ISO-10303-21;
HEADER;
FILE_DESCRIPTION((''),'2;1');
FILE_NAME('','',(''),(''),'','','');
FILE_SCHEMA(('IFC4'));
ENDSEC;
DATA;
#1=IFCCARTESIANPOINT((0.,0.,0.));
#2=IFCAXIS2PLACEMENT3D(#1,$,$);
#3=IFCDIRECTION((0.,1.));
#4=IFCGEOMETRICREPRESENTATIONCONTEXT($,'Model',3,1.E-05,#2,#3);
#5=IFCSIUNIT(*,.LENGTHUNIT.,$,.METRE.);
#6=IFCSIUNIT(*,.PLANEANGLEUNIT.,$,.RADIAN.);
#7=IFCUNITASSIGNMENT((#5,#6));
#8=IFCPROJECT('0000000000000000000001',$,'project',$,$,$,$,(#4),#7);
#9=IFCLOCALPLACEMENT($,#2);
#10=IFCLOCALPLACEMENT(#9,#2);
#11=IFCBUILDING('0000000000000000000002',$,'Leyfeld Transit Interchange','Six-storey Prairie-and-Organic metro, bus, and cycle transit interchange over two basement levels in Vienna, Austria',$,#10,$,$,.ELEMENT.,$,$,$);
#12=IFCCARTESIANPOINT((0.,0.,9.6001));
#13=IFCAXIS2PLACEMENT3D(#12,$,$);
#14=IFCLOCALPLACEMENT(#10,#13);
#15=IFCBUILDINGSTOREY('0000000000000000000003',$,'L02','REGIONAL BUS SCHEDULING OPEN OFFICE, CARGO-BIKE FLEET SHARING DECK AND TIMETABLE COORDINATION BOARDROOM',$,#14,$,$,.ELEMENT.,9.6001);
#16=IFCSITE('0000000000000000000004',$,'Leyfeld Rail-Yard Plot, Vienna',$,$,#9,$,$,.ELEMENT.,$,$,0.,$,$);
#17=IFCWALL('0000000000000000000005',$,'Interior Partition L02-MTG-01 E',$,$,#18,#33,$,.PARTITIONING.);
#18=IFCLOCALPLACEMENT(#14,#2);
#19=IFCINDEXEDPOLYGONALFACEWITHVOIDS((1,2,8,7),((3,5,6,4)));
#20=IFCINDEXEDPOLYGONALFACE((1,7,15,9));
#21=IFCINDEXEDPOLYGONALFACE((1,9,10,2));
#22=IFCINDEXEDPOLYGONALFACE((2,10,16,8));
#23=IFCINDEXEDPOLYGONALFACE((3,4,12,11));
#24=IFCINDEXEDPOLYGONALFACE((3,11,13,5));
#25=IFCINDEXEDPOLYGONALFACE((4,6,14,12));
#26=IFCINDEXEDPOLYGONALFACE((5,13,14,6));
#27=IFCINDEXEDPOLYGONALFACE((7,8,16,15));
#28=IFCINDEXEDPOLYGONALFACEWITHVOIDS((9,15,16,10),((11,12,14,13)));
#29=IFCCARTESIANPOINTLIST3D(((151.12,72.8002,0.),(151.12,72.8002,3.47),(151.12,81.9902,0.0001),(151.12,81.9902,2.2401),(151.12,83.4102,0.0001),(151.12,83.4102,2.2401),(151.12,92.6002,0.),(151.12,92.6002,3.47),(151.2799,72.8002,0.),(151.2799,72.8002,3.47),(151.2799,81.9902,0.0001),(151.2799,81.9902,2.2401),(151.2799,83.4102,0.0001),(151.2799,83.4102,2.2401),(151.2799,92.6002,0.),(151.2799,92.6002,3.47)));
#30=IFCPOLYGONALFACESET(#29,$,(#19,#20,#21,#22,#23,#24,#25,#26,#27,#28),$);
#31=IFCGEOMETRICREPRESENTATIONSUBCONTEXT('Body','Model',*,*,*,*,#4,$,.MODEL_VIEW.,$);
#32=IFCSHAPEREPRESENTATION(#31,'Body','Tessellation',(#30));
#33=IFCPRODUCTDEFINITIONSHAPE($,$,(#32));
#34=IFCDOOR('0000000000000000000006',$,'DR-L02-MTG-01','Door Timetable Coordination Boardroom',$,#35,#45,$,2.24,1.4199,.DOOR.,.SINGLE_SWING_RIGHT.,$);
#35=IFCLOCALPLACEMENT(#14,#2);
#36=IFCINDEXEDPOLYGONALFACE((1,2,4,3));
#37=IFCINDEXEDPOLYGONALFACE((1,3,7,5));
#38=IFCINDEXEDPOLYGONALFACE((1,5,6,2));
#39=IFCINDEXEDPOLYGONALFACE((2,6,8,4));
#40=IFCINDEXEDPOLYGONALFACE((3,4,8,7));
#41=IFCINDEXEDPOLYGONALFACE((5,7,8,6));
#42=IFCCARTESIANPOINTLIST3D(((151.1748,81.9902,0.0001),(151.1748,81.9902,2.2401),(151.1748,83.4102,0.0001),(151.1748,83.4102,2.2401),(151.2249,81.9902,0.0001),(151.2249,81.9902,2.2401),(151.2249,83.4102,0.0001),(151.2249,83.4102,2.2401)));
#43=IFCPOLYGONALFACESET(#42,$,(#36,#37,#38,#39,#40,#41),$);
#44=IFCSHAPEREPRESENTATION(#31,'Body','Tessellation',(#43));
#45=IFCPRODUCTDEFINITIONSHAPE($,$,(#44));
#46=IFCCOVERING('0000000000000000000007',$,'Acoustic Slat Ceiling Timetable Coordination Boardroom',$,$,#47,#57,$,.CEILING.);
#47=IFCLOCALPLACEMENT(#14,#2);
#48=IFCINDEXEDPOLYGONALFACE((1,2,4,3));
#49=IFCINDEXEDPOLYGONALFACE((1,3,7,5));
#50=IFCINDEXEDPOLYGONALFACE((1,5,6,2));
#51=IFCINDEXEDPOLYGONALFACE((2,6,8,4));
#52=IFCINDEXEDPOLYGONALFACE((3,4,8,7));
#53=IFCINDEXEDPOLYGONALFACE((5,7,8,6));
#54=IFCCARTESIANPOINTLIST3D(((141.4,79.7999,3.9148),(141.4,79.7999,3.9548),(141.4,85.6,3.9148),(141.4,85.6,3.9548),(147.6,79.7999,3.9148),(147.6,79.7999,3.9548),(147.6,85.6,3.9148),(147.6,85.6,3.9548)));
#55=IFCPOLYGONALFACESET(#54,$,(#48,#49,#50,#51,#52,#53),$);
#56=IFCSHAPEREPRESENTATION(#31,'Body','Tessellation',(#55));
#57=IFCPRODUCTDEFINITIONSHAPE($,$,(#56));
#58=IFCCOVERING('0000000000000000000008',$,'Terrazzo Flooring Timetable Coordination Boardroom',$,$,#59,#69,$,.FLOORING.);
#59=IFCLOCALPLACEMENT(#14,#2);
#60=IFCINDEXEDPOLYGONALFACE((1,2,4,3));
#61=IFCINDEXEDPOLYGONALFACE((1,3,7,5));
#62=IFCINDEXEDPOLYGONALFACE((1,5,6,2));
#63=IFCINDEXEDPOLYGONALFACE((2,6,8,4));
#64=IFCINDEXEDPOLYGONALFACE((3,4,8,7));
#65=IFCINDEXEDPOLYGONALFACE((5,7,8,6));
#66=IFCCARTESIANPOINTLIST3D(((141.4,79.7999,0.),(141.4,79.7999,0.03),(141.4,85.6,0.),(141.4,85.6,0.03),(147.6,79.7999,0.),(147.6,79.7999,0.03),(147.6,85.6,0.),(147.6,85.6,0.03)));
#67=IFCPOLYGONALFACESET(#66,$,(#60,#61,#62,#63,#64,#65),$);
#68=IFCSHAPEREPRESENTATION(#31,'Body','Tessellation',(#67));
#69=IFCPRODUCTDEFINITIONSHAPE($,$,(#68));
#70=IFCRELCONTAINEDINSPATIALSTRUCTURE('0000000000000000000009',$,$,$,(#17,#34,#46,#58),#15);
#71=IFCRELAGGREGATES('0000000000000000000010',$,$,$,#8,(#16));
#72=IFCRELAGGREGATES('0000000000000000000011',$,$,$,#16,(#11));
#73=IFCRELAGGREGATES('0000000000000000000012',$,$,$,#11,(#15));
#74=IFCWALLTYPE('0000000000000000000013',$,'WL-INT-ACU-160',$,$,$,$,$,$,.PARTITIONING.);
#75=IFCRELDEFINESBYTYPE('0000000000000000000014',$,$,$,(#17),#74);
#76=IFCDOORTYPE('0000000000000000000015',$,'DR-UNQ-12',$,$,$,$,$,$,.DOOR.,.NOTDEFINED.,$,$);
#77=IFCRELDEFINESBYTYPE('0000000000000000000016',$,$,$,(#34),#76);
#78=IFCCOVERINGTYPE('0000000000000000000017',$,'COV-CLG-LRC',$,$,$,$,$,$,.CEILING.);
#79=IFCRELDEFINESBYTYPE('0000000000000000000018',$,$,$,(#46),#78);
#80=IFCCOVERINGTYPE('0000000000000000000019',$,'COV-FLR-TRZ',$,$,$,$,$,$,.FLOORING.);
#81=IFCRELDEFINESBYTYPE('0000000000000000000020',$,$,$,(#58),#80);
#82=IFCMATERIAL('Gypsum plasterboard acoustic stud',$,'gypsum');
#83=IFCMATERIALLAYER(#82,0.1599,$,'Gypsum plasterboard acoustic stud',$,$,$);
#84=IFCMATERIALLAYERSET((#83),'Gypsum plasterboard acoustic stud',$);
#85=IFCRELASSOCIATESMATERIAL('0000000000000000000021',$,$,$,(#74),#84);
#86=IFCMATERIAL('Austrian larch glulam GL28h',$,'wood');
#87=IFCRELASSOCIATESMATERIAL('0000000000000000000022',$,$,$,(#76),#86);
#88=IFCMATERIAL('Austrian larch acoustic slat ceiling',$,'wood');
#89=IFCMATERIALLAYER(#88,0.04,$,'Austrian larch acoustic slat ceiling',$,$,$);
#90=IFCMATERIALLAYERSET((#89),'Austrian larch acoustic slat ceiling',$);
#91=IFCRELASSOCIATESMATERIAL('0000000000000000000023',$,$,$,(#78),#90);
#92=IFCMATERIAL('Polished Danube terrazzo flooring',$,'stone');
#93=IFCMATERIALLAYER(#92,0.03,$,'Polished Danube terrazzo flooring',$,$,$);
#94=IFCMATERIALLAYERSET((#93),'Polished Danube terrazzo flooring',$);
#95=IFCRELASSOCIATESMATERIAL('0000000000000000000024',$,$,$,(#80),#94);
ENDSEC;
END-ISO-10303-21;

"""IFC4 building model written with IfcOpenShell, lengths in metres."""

from ifc_helpers import new_model, si_unit, direction, frame, frame_2d, origin, origin_2d, place, context, subcontext, project, spatial, rectangle, extrude, material, layer, layer_set, type_object, element, fill, save


model = new_model("IFC4")

# Units and contexts
model_context = context("Model", 3, precision=1e-05, world=origin(), true_north=direction((0.0, 1.0)))
body_context = subcontext(model_context, "Body", "Model", "MODEL_VIEW")
ifc_project = project(units=[si_unit("LENGTHUNIT", "METRE"), si_unit("PLANEANGLEUNIT", "RADIAN")], contexts=[model_context])

# Site, building, storey
site_placement = place(None, origin())
site = spatial("IfcSite", under=ifc_project, at=site_placement, Name="Leyfeld Rail-Yard Plot, Vienna", CompositionType="ELEMENT", RefElevation=0.0)
building_placement = place(site_placement, origin())
building = spatial("IfcBuilding", under=site, at=building_placement, Name="Leyfeld Transit Interchange", Description="Six-storey Prairie-and-Organic metro, bus, and cycle transit interchange over two basement levels in Vienna, Austria", CompositionType="ELEMENT")
storey_placement = place(building_placement, frame((0.0, 0.0, 9.6001)))
storey = spatial("IfcBuildingStorey", under=building, at=storey_placement, Name="L02", Description="REGIONAL BUS SCHEDULING OPEN OFFICE, CARGO-BIKE FLEET SHARING DECK AND TIMETABLE COORDINATION BOARDROOM", CompositionType="ELEMENT", Elevation=9.6001)

# Wall, opening, door
ifc_material_1 = material(Name="Gypsum plasterboard acoustic stud", Category="gypsum")
ifc_layer_1 = layer(ifc_material_1, 0.1599, Name="Gypsum plasterboard acoustic stud")
ifc_layer_set_1 = layer_set([ifc_layer_1], Name="Gypsum plasterboard acoustic stud")
wall_type_1 = type_object("IfcWallType", Name="WL-INT-ACU-160", PredefinedType="PARTITIONING", material=ifc_layer_set_1)
wall_1_placement = place(storey_placement, frame((151.2, 92.6001, 0.0), z_axis=(0.0, 0.0, 1.0), x_axis=(0.0, -1.0, 0.0)))
wall_1 = element("IfcWall", 1, at=wall_1_placement, inside=storey, type_object=wall_type_1, Name="Interior Partition L02-MTG-01 E", PredefinedType="PARTITIONING", context=body_context, shape_type="SweptSolid", body=[
    extrude(rectangle(XDim=19.8, YDim=0.1599, at=frame_2d((9.8999, 0.0))), origin(), (0.0, 0.0, 1.0), 3.47),
])
opening_1_placement = place(wall_1_placement, frame((9.1899, 0.0, 0.0)))
opening_1 = element("IfcOpeningElement", 2, at=opening_1_placement, cuts=wall_1, PredefinedType="OPENING", context=body_context, shape_type="SweptSolid", body=[
    extrude(rectangle(XDim=1.4199, YDim=2.24, at=frame_2d((0.71, 1.1201))), frame((0.0, 0.0898, 0.0), z_axis=(0.0, -1.0, 0.0), x_axis=(1.0, 0.0, 0.0)), (0.0, 0.0, 1.0), 0.1799),
])
ifc_material_2 = material(Name="Austrian larch glulam GL28h", Category="wood")
door_type = type_object("IfcDoorType", Name="DR-UNQ-12", OperationType="NOTDEFINED", PredefinedType="DOOR", material=ifc_material_2)
door_placement = place(opening_1_placement, origin())
door = element("IfcDoor", 3, at=door_placement, inside=storey, type_object=door_type, Name="DR-L02-MTG-01", Description="Door Timetable Coordination Boardroom", OperationType="SINGLE_SWING_RIGHT", OverallHeight=2.24, OverallWidth=1.4199, PredefinedType="DOOR", context=body_context, shape_type="SweptSolid", body=[
    extrude(rectangle(XDim=1.4199, YDim=2.24, at=frame_2d((0.71, 1.1201))), frame((0.0, 0.0249, 0.0), z_axis=(0.0, -1.0, 0.0), x_axis=(1.0, 0.0, 0.0)), (0.0, 0.0, 1.0), 0.05),
])
fill(opening_1, door)

# Coverings
ifc_material_3 = material(Name="Austrian larch acoustic slat ceiling", Category="wood")
ifc_layer_2 = layer(ifc_material_3, 0.04, Name="Austrian larch acoustic slat ceiling")
ifc_layer_set_2 = layer_set([ifc_layer_2], Name="Austrian larch acoustic slat ceiling")
covering_type_1 = type_object("IfcCoveringType", Name="COV-CLG-LRC", PredefinedType="CEILING", material=ifc_layer_set_2)
covering_1_placement = place(storey_placement, frame((144.5, 82.7, 3.9148), z_axis=(0.0, 0.0, 1.0), x_axis=(1.0, 0.0, 0.0)))
element("IfcCovering", 4, at=covering_1_placement, inside=storey, type_object=covering_type_1, Name="Acoustic Slat Ceiling Timetable Coordination Boardroom", PredefinedType="CEILING", context=body_context, shape_type="SweptSolid", body=[
    extrude(rectangle(XDim=6.2, YDim=5.8, at=origin_2d()), origin(), (0.0, 0.0, 1.0), 0.04),
])
ifc_material_4 = material(Name="Polished Danube terrazzo flooring", Category="stone")
ifc_layer_3 = layer(ifc_material_4, 0.03, Name="Polished Danube terrazzo flooring")
ifc_layer_set_3 = layer_set([ifc_layer_3], Name="Polished Danube terrazzo flooring")
covering_type_2 = type_object("IfcCoveringType", Name="COV-FLR-TRZ", PredefinedType="FLOORING", material=ifc_layer_set_3)
covering_2_placement = place(storey_placement, frame((144.5, 82.7, 0.0), z_axis=(0.0, 0.0, 1.0), x_axis=(1.0, 0.0, 0.0)))
element("IfcCovering", 5, at=covering_2_placement, inside=storey, type_object=covering_type_2, Name="Terrazzo Flooring Timetable Coordination Boardroom", PredefinedType="FLOORING", context=body_context, shape_type="SweptSolid", body=[
    extrude(rectangle(XDim=6.2, YDim=5.8, at=origin_2d()), origin(), (0.0, 0.0, 1.0), 0.03),
])

save(model, "model.ifc")
